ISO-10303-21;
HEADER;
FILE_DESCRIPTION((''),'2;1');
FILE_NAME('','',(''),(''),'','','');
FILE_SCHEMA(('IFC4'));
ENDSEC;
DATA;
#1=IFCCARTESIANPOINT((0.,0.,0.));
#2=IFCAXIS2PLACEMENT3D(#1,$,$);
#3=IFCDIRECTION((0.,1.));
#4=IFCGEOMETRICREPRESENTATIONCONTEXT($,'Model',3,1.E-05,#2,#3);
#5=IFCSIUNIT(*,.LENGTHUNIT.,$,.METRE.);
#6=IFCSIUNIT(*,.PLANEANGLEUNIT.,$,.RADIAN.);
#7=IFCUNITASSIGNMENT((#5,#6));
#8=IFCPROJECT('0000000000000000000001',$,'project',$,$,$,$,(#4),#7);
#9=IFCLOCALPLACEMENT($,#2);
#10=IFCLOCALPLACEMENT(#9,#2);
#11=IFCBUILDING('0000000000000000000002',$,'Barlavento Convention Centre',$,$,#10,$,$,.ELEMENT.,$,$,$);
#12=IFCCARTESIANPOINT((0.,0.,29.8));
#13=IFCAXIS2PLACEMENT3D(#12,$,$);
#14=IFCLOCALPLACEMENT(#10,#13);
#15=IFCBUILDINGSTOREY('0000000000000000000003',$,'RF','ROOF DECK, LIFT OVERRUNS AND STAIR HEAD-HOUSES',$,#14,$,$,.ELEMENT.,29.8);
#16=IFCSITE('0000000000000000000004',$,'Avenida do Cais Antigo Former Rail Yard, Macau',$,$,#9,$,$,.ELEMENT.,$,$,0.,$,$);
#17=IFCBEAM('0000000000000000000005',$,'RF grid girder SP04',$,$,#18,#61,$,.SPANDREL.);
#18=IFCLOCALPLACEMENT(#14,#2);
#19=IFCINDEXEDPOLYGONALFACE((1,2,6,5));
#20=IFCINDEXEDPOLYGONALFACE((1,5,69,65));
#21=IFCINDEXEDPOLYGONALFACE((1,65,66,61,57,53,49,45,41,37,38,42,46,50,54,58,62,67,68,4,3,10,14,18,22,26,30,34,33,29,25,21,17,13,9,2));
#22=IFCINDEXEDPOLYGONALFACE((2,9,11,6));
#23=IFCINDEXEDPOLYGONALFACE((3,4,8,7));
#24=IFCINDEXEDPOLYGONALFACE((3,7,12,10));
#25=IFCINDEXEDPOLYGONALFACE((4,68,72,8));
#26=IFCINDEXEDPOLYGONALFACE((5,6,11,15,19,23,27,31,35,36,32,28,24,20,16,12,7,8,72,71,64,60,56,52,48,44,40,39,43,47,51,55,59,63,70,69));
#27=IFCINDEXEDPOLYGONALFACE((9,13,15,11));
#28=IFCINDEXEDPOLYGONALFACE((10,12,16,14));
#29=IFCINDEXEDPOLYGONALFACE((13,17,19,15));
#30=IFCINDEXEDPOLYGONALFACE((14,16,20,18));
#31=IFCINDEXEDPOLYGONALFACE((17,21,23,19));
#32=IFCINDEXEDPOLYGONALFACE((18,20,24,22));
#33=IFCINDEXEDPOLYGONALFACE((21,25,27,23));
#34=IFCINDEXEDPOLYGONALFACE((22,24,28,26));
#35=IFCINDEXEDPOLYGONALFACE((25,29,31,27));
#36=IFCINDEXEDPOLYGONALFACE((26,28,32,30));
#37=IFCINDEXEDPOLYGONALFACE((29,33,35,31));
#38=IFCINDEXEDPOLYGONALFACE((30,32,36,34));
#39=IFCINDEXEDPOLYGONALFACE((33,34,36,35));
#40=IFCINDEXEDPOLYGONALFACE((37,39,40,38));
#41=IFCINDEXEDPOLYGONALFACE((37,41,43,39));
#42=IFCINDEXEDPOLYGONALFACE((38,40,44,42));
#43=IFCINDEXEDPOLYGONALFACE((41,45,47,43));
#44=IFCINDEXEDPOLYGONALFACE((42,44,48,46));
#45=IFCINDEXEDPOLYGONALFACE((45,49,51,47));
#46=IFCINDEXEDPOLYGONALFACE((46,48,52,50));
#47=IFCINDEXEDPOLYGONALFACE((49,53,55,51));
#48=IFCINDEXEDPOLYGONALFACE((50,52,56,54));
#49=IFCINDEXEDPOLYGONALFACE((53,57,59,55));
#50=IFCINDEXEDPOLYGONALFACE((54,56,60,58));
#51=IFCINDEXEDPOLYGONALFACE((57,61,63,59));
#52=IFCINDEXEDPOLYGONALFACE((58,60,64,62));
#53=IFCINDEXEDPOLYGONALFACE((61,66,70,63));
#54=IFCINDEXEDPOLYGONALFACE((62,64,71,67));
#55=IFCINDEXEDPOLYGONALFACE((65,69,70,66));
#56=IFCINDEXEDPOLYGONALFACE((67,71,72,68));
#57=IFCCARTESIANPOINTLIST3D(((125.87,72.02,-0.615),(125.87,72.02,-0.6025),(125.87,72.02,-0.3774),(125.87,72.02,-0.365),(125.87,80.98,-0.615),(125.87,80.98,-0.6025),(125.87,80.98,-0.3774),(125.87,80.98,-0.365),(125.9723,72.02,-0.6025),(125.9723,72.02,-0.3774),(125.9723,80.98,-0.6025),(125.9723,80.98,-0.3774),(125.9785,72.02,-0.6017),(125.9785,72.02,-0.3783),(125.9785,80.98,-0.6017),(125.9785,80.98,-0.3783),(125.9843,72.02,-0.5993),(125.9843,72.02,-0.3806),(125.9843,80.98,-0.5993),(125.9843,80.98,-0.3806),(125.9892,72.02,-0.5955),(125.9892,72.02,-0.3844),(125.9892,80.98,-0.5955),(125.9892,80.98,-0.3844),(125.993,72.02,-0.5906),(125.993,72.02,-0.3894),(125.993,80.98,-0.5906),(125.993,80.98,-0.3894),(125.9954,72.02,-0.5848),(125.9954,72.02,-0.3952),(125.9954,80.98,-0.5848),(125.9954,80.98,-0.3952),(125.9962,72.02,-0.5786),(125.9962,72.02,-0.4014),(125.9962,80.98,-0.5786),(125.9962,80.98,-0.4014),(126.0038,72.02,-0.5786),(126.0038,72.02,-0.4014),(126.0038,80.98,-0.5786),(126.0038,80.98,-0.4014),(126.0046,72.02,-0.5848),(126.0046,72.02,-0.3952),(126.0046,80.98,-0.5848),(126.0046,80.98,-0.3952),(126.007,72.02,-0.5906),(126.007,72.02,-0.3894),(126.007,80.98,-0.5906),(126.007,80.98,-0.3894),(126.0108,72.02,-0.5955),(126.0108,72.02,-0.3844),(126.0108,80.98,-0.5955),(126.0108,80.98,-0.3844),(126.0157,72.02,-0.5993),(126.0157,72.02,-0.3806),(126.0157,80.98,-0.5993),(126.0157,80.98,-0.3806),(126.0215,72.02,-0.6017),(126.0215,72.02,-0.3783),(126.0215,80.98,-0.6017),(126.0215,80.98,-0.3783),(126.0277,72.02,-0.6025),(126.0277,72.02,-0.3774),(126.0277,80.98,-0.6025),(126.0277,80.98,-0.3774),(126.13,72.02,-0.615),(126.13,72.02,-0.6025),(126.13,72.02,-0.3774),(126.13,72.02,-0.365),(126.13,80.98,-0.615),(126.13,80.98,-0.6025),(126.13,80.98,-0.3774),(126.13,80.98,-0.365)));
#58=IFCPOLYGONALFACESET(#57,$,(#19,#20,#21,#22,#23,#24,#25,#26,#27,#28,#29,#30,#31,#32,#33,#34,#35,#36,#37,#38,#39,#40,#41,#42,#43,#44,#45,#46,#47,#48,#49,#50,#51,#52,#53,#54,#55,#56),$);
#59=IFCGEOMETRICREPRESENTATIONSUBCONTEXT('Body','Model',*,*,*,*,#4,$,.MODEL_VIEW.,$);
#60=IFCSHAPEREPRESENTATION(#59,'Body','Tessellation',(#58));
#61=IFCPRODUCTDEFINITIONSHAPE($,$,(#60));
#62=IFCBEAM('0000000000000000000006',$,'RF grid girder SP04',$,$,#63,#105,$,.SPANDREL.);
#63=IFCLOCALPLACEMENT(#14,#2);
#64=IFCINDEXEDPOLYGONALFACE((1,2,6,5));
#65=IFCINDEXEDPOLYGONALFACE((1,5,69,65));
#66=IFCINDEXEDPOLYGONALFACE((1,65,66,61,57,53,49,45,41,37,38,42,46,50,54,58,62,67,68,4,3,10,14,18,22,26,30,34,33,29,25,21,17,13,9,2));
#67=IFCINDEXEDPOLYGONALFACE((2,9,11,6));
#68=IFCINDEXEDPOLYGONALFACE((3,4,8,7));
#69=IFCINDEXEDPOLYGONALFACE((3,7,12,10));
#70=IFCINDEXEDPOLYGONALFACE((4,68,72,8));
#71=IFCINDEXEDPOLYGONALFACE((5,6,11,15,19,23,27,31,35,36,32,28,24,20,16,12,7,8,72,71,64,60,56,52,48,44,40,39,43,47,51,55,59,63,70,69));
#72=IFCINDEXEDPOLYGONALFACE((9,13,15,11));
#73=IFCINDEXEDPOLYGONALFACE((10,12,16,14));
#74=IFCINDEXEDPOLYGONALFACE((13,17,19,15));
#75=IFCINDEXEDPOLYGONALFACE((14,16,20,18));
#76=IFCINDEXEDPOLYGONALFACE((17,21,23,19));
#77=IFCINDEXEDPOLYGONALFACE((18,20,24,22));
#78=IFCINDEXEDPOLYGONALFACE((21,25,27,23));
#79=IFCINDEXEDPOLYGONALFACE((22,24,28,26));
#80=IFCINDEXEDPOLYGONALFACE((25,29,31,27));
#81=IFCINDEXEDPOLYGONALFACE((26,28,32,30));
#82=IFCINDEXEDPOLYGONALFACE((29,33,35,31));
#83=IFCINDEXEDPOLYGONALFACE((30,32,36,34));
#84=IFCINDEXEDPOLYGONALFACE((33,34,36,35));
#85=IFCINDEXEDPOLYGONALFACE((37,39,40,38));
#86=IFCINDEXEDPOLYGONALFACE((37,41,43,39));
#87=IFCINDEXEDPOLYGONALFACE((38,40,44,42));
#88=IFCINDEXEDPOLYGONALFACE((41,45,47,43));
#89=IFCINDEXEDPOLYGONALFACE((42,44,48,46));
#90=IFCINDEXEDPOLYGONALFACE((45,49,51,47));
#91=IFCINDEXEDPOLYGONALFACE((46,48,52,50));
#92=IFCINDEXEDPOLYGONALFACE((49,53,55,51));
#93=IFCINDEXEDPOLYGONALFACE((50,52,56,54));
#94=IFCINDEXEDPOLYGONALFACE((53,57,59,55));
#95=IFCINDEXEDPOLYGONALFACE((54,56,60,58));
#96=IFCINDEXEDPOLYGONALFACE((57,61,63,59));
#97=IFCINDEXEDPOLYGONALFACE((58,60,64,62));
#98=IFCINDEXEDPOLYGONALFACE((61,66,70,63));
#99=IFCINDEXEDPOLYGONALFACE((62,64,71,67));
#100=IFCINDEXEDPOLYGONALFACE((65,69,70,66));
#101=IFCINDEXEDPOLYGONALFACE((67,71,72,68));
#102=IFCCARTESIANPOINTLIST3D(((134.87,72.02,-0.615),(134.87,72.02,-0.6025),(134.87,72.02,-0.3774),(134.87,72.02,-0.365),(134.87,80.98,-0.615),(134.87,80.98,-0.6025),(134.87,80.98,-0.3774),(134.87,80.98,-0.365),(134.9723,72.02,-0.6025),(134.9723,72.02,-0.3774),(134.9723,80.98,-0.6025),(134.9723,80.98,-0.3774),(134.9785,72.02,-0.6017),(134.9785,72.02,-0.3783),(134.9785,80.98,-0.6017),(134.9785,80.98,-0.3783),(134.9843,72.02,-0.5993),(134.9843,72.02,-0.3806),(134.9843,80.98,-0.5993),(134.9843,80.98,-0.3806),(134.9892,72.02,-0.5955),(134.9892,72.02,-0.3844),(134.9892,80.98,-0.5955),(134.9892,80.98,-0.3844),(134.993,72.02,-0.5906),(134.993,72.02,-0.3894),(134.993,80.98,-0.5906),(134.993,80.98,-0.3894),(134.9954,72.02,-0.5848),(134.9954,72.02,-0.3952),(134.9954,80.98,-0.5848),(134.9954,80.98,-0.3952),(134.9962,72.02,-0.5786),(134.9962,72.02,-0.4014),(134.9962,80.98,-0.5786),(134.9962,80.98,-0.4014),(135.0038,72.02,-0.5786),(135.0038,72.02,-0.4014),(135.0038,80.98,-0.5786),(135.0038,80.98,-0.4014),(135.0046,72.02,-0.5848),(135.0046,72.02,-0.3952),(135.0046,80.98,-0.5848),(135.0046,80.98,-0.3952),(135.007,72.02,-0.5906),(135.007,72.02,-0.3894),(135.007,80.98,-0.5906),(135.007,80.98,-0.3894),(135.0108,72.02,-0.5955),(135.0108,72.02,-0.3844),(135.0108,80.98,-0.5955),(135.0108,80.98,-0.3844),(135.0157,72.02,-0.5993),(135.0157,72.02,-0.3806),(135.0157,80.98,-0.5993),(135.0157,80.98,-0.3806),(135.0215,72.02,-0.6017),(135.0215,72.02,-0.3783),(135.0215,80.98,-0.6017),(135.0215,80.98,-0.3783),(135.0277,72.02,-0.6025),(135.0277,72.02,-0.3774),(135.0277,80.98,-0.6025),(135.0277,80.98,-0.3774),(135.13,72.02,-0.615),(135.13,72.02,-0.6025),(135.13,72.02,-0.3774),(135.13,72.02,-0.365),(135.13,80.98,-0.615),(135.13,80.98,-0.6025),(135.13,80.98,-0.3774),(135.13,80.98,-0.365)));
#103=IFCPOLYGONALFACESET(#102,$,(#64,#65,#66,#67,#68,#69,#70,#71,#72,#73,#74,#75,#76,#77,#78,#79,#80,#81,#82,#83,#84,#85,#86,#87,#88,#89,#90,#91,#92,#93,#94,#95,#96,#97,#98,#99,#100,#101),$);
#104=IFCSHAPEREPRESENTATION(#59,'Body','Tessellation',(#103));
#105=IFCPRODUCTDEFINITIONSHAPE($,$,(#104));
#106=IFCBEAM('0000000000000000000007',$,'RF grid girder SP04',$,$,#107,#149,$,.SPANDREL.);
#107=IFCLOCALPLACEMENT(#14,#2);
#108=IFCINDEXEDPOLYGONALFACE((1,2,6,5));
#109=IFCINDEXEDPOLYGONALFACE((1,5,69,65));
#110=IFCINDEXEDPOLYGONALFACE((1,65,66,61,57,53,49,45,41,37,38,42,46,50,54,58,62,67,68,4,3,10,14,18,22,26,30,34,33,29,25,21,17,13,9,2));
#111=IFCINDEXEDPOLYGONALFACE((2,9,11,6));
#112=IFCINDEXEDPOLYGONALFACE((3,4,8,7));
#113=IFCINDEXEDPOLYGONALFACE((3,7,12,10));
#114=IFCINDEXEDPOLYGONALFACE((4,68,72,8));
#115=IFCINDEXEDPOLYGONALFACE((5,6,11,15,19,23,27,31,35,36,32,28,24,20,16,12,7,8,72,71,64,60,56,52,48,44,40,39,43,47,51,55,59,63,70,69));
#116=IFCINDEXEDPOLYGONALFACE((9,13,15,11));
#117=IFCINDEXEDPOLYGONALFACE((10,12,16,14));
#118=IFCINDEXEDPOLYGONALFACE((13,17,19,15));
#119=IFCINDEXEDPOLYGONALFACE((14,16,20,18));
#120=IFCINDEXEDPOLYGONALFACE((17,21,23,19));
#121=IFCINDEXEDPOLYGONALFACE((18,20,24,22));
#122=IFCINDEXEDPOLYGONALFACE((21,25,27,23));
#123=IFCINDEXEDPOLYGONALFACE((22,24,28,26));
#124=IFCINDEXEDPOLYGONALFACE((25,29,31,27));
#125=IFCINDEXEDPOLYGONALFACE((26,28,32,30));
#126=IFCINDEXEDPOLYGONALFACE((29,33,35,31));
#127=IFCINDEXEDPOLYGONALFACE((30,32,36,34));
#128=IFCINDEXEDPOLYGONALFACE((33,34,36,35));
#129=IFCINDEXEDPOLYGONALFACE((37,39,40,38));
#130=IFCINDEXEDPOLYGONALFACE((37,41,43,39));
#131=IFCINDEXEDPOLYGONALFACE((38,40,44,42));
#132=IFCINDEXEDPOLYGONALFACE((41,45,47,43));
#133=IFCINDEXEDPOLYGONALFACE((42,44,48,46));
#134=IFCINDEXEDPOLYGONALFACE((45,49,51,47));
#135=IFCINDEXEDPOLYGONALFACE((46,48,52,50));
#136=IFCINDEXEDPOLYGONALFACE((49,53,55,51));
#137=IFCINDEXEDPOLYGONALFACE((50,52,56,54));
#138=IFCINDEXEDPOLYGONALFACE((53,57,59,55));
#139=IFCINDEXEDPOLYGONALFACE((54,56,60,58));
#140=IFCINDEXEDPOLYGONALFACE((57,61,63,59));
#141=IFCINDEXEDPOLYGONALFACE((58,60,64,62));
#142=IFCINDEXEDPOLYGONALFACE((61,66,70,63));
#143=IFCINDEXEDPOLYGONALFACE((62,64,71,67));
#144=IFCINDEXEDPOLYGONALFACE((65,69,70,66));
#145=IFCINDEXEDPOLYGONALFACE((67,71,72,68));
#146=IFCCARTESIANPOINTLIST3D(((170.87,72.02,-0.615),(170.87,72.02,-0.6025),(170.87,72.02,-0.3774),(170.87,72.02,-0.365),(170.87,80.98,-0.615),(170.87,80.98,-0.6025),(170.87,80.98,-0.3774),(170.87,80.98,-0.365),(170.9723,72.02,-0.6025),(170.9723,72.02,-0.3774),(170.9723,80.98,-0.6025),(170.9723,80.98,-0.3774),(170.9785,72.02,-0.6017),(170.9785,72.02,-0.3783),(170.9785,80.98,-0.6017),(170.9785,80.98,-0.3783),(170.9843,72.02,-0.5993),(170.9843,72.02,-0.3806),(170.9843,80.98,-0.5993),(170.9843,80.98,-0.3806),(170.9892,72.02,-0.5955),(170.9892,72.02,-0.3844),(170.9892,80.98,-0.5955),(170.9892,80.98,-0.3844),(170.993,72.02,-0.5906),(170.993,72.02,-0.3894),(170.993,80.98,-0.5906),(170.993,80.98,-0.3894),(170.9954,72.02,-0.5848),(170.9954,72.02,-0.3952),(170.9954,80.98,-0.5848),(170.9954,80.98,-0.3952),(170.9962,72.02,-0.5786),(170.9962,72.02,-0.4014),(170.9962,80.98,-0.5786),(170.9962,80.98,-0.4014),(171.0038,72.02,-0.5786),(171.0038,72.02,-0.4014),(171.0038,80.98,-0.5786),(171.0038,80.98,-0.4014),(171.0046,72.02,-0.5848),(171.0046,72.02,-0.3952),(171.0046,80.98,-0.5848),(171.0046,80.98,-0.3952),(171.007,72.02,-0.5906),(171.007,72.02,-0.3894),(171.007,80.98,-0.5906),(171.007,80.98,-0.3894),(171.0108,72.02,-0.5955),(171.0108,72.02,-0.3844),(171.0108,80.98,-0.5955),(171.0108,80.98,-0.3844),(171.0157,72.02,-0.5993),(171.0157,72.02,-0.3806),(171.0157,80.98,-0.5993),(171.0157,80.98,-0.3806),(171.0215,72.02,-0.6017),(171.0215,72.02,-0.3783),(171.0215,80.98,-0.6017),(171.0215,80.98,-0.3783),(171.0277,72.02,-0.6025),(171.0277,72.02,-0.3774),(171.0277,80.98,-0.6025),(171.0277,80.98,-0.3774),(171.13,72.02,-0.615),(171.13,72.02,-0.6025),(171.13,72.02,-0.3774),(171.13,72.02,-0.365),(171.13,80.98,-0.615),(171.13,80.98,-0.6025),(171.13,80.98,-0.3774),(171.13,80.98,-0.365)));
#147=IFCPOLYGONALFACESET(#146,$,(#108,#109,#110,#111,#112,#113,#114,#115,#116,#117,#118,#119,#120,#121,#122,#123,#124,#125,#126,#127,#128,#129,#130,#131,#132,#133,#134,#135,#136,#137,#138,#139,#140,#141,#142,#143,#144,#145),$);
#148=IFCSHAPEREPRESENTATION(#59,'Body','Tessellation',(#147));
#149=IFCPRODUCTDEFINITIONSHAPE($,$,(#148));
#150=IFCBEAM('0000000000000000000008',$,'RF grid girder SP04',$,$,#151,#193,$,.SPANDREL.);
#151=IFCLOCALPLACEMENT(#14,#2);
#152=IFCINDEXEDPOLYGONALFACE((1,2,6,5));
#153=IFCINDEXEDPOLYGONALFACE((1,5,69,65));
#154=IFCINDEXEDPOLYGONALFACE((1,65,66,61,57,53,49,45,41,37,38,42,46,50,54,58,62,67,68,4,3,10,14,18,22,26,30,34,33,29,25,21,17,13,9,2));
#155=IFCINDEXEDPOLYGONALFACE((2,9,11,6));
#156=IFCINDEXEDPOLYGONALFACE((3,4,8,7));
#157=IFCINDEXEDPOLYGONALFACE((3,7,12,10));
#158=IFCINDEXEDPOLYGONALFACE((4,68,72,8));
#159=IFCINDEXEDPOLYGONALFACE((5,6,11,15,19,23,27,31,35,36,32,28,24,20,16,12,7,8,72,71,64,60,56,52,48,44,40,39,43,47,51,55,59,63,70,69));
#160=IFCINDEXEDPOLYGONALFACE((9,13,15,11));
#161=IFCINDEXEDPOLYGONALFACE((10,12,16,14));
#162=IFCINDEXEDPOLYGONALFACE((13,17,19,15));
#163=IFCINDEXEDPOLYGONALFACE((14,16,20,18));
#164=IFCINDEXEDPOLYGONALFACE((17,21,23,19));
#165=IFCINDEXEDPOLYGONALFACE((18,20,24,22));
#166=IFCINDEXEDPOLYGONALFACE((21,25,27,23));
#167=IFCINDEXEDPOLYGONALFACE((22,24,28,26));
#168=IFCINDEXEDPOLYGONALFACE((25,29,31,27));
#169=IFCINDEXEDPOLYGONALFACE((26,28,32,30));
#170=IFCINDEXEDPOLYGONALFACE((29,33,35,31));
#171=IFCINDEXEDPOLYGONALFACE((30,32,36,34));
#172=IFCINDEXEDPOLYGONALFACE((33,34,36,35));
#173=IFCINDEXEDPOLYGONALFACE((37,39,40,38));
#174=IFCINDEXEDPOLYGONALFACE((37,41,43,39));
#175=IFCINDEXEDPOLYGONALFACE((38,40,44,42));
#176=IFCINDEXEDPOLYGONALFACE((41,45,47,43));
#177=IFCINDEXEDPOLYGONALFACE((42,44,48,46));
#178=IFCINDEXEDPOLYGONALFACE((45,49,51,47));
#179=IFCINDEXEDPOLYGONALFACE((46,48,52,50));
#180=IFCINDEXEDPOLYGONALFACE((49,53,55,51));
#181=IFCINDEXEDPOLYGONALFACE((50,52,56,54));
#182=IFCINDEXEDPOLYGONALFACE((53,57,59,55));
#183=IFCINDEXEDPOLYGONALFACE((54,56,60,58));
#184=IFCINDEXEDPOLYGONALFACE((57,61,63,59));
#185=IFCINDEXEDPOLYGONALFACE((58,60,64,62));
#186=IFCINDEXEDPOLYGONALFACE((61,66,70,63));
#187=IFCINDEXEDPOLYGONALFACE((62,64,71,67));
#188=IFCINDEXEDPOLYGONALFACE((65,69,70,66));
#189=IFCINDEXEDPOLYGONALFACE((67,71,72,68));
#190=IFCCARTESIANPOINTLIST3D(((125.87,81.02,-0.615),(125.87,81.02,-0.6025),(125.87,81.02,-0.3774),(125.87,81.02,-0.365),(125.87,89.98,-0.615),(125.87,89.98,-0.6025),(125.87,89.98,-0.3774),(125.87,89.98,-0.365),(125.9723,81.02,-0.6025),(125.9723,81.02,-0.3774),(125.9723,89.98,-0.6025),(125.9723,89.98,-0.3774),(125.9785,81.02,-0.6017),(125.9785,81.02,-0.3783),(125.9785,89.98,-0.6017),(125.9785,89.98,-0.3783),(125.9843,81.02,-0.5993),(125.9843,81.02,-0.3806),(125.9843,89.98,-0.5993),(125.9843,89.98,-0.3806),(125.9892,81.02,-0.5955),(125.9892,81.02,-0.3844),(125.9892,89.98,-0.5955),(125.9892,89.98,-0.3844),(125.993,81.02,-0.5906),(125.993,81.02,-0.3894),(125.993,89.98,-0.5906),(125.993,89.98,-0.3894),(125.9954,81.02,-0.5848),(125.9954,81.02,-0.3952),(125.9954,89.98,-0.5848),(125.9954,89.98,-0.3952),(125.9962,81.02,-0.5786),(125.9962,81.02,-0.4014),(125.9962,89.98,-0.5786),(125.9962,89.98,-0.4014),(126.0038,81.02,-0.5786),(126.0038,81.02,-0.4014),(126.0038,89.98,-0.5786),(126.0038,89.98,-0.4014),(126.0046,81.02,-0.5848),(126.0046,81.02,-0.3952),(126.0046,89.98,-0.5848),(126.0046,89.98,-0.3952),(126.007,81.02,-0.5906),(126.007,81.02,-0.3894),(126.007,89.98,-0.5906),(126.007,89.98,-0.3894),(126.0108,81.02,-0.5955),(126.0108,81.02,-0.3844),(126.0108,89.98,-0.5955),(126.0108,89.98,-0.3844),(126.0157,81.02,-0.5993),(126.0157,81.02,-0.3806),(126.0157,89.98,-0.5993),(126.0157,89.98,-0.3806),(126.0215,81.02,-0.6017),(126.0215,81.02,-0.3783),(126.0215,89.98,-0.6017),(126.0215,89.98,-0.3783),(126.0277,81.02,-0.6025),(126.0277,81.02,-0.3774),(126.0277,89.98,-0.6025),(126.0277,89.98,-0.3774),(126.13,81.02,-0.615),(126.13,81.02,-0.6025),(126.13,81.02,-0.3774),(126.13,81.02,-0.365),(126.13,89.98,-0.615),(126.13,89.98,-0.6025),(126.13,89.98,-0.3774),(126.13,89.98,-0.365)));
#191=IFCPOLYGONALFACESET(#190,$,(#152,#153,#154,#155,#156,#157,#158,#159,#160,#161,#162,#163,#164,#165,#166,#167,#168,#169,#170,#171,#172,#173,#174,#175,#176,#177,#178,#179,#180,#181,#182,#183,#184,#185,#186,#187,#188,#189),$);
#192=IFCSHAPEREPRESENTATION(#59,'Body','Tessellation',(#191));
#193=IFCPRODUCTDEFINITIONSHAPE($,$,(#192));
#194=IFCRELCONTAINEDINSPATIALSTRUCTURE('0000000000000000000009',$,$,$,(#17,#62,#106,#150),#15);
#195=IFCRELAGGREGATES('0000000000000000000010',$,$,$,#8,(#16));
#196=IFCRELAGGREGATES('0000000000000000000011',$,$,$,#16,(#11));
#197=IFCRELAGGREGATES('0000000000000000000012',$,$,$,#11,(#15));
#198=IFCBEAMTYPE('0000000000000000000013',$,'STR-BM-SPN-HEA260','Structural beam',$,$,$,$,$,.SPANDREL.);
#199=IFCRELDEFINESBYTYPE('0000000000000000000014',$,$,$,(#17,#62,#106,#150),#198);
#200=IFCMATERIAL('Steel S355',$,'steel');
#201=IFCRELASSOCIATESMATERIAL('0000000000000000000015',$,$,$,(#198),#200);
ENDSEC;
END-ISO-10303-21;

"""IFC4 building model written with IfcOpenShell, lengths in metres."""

from ifc_helpers import new_model, si_unit, direction, frame, origin, origin_2d, place, context, subcontext, project, spatial, i_section, extrude, material, material_profile, profile_set, type_object, element, save


model = new_model("IFC4")

# Units and contexts
model_context = context("Model", 3, precision=1e-05, world=origin(), true_north=direction((0.0, 1.0)))
body_context = subcontext(model_context, "Body", "Model", "MODEL_VIEW")
ifc_project = project(units=[si_unit("LENGTHUNIT", "METRE"), si_unit("PLANEANGLEUNIT", "RADIAN")], contexts=[model_context])

# Site, building, storey
site_placement = place(None, origin())
site = spatial("IfcSite", under=ifc_project, at=site_placement, Name="Avenida do Cais Antigo Former Rail Yard, Macau", CompositionType="ELEMENT", RefElevation=0.0)
building_placement = place(site_placement, origin())
building = spatial("IfcBuilding", under=site, at=building_placement, Name="Barlavento Convention Centre", CompositionType="ELEMENT")
storey_placement = place(building_placement, frame((0.0, 0.0, 29.8)))
storey = spatial("IfcBuildingStorey", under=building, at=storey_placement, Name="RF", Description="ROOF DECK, LIFT OVERRUNS AND STAIR HEAD-HOUSES", CompositionType="ELEMENT", Elevation=29.8)

# Beams
ifc_material_1 = material(Name="Steel S355", Category="steel")
ifc_material_profile_1 = material_profile(ifc_material_1, i_section(OverallWidth=0.26, OverallDepth=0.25, WebThickness=0.0076, FlangeThickness=0.0125, FilletRadius=0.0239, at=origin_2d()), Name="HEA 260")
ifc_profile_set_1 = profile_set([ifc_material_profile_1], Name="Steel S355")
beam_type_1 = type_object("IfcBeamType", Name="STR-BM-SPN-HEA260", Description="Structural beam", PredefinedType="SPANDREL", material=ifc_profile_set_1)
for number, where, z_axis, x_axis, name in (
    (1, (126.0, 72.02, -0.49), (0.0, 1.0, 0.0), (-1.0, 0.0, 0.0), "RF grid girder SP04"),
    (2, (135.0, 72.02, -0.49), (0.0, 1.0, 0.0), (-1.0, 0.0, 0.0), "RF grid girder SP04"),
    (3, (171.0, 72.02, -0.49), (0.0, 1.0, 0.0), (-1.0, 0.0, 0.0), "RF grid girder SP04"),
    (4, (126.0, 81.02, -0.49), (0.0, 1.0, 0.0), (-1.0, 0.0, 0.0), "RF grid girder SP04"),
):
    element("IfcBeam", number, at=place(storey_placement, frame(where, z_axis=z_axis, x_axis=x_axis)), inside=storey, type_object=beam_type_1, Name=name, PredefinedType="SPANDREL", context=body_context, shape_type="SweptSolid", body=[
        extrude(i_section(OverallWidth=0.26, OverallDepth=0.25, WebThickness=0.0076, FlangeThickness=0.0125, FilletRadius=0.0239, at=origin_2d()), origin(), (0.0, 0.0, 1.0), 8.96),
    ])

save(model, "model.ifc")
